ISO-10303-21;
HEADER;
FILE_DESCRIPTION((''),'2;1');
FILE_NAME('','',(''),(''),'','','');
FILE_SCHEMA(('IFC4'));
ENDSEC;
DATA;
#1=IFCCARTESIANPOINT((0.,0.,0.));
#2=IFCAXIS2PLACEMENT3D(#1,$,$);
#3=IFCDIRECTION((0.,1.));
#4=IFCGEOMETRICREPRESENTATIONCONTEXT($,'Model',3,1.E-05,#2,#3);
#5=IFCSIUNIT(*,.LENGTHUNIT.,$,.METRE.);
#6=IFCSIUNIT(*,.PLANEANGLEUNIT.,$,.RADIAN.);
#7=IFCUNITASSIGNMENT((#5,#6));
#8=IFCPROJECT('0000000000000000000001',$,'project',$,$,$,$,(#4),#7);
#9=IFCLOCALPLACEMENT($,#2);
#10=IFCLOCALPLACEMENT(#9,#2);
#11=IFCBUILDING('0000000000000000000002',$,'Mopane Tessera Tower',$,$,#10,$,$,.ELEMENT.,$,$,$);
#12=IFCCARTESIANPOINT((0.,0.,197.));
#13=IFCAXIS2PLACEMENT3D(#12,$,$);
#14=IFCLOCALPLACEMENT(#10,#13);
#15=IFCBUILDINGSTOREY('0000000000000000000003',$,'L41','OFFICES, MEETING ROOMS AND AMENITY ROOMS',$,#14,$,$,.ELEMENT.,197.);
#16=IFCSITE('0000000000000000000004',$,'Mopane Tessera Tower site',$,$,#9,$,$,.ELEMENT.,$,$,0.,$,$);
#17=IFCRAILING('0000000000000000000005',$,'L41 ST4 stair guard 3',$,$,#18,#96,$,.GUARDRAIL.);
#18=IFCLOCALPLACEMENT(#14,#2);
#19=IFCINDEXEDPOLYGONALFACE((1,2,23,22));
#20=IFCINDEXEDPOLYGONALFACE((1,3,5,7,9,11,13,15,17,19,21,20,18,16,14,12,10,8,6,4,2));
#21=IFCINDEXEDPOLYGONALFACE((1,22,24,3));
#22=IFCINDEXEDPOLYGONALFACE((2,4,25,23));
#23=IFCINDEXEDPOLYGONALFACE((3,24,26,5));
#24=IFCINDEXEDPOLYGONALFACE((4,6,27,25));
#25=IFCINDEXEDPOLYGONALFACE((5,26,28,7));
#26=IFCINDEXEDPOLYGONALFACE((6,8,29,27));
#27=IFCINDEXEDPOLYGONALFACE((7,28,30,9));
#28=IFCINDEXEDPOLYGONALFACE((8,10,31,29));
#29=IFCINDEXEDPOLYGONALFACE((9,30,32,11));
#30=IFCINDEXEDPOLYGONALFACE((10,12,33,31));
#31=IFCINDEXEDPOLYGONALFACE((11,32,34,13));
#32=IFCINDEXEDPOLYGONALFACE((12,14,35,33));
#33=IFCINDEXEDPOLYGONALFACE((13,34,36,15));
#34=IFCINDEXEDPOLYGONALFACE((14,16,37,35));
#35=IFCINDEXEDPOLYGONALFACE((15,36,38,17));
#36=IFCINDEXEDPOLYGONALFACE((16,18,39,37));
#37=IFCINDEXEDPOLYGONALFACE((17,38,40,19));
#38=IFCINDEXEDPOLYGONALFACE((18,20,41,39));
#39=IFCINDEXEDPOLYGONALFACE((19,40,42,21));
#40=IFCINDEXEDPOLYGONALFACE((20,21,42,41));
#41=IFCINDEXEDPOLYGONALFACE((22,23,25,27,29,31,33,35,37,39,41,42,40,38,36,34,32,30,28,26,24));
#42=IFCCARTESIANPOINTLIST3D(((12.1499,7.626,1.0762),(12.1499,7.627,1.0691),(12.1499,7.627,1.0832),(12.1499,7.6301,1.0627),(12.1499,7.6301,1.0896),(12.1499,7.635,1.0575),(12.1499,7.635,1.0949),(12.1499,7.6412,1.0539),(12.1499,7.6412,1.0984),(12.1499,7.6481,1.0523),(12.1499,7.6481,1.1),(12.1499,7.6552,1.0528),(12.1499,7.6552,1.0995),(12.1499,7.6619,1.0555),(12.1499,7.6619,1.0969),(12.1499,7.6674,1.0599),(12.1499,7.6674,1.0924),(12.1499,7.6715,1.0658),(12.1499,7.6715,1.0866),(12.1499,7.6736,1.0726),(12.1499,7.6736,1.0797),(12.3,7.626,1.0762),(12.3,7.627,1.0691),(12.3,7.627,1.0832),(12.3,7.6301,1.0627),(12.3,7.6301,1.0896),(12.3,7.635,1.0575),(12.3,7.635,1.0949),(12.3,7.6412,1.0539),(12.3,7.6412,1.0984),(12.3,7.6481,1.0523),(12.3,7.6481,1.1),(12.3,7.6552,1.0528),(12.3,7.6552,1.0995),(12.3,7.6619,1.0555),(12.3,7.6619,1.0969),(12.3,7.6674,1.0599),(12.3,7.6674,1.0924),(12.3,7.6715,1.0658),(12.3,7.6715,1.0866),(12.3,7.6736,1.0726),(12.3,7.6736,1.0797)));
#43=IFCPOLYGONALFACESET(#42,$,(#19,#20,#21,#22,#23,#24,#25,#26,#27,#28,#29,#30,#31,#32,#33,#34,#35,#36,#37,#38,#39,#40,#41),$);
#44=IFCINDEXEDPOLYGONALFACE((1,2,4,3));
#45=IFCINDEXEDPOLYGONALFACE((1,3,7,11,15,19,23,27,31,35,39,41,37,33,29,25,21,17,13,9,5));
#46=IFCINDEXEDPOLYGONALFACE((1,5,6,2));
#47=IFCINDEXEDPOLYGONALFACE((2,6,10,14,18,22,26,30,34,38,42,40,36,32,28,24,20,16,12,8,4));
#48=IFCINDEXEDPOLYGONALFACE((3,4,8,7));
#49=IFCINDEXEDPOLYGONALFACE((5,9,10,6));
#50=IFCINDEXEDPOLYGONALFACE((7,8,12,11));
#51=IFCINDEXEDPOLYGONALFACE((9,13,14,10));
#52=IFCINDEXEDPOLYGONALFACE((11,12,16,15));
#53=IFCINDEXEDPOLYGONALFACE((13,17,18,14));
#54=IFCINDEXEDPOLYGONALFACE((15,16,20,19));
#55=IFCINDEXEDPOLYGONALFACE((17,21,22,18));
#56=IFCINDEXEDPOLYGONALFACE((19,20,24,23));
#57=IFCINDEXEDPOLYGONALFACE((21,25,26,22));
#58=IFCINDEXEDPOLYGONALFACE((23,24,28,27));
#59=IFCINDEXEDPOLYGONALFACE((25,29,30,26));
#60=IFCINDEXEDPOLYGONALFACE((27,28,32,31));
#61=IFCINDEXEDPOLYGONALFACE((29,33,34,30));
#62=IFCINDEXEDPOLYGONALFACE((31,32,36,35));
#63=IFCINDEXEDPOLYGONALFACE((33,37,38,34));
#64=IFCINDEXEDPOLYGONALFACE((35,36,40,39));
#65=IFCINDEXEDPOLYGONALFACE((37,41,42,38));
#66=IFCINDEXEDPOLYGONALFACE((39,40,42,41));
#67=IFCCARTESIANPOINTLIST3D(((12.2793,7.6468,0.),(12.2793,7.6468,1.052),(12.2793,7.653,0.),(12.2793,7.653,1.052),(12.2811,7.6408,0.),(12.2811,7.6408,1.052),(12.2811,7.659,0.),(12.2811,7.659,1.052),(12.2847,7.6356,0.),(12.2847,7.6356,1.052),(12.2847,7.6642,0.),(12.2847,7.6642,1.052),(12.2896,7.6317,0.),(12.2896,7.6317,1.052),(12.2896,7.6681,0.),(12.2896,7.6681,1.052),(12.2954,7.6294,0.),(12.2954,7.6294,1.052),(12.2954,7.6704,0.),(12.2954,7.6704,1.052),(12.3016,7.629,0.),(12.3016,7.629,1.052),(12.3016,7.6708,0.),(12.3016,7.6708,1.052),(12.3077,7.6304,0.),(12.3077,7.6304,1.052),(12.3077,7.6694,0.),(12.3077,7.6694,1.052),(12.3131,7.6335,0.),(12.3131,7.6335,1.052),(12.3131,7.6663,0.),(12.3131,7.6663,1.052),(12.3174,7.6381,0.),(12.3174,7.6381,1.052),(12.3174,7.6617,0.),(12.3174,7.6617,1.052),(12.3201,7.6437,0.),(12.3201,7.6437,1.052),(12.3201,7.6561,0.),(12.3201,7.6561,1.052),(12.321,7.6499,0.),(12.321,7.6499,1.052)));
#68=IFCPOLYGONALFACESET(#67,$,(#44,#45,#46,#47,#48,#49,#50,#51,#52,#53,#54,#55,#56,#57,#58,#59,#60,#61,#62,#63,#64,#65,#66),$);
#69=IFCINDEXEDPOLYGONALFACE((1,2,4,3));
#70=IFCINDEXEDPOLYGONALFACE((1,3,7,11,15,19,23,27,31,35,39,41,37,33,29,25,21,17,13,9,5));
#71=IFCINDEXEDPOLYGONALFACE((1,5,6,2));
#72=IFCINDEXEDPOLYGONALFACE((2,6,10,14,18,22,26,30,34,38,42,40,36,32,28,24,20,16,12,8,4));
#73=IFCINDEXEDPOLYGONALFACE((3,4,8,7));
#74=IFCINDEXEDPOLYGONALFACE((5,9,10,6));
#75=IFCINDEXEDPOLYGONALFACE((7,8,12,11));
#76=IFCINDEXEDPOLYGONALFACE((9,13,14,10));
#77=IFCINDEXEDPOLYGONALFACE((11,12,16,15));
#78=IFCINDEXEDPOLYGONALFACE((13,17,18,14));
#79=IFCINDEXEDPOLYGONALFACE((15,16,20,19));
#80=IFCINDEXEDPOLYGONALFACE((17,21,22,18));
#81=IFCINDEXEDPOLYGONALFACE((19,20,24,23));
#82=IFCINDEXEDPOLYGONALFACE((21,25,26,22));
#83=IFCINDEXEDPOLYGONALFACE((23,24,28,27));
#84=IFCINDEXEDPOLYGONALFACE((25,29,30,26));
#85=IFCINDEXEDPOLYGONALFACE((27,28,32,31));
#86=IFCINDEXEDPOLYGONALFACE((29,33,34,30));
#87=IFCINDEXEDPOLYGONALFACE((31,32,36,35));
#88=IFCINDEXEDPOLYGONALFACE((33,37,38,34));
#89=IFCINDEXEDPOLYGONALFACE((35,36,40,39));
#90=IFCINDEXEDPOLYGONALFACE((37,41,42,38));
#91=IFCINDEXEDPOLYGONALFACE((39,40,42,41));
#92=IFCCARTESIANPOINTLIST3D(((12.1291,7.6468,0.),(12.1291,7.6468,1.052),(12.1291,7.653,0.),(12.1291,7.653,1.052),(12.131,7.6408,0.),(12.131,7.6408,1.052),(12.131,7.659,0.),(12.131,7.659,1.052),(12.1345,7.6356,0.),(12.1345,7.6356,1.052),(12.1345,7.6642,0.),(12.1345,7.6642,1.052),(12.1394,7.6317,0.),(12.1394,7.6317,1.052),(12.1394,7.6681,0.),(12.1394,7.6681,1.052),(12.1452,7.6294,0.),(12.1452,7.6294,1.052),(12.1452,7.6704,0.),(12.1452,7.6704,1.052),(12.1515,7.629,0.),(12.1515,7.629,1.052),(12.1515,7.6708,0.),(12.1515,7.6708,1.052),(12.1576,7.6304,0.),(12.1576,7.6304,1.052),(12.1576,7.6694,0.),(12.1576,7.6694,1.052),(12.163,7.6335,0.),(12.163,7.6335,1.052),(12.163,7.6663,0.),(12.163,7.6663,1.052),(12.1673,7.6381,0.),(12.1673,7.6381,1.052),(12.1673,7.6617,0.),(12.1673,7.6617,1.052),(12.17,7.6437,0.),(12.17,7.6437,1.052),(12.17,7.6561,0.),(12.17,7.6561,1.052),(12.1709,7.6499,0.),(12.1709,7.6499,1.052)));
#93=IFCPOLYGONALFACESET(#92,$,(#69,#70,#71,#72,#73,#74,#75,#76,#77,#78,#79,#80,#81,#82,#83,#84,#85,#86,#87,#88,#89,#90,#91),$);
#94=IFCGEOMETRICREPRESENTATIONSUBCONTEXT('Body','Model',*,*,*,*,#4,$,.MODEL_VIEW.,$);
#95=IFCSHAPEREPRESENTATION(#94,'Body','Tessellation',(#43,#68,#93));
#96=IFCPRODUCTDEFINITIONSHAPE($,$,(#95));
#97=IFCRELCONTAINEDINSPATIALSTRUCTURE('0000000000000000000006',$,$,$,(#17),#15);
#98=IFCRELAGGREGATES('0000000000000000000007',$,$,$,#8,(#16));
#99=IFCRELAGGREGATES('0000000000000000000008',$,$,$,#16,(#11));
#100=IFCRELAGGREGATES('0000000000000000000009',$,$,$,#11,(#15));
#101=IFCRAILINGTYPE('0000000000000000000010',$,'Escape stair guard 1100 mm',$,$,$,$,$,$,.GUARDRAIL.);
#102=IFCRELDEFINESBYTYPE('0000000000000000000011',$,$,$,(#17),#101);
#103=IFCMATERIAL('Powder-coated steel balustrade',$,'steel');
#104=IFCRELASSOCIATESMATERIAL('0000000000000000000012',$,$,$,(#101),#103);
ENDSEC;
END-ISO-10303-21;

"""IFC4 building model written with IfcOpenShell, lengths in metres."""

from ifc_helpers import new_model, si_unit, direction, frame, origin, origin_2d, place, context, subcontext, project, spatial, circle, extrude, material, type_object, element, save


model = new_model("IFC4")

# Units and contexts
model_context = context("Model", 3, precision=1e-05, world=origin(), true_north=direction((0.0, 1.0)))
body_context = subcontext(model_context, "Body", "Model", "MODEL_VIEW")
ifc_project = project(units=[si_unit("LENGTHUNIT", "METRE"), si_unit("PLANEANGLEUNIT", "RADIAN")], contexts=[model_context])

# Site, building, storey
site_placement = place(None, origin())
site = spatial("IfcSite", under=ifc_project, at=site_placement, Name="Mopane Tessera Tower site", CompositionType="ELEMENT", RefElevation=0.0)
building_placement = place(site_placement, origin())
building = spatial("IfcBuilding", under=site, at=building_placement, Name="Mopane Tessera Tower", CompositionType="ELEMENT")
storey_placement = place(building_placement, frame((0.0, 0.0, 197.0)))
storey = spatial("IfcBuildingStorey", under=building, at=storey_placement, Name="L41", Description="OFFICES, MEETING ROOMS AND AMENITY ROOMS", CompositionType="ELEMENT", Elevation=197.0)

# Railing
ifc_material_1 = material(Name="Powder-coated steel balustrade", Category="steel")
railing_type_1 = type_object("IfcRailingType", Name="Escape stair guard 1100 mm", PredefinedType="GUARDRAIL", material=ifc_material_1)
railing_1_placement = place(storey_placement, frame((12.3, 7.6499, 0.0)))
element("IfcRailing", 1, at=railing_1_placement, inside=storey, type_object=railing_type_1, Name="L41 ST4 stair guard 3", PredefinedType="GUARDRAIL", context=body_context, shape_type="SweptSolid", body=[
    extrude(circle(Radius=0.0239, at=origin_2d()), frame((0.0, 0.0, 1.0762), z_axis=(-1.0, 0.0, 0.0), x_axis=(0.0, -1.0, 0.0)), (0.0, 0.0, 1.0), 0.1501),
    extrude(circle(Radius=0.021, at=origin_2d()), origin(), (0.0, 0.0, 1.0), 1.052),
    extrude(circle(Radius=0.021, at=origin_2d()), frame((-0.1501, 0.0, 0.0)), (0.0, 0.0, 1.0), 1.052),
])

save(model, "model.ifc")
